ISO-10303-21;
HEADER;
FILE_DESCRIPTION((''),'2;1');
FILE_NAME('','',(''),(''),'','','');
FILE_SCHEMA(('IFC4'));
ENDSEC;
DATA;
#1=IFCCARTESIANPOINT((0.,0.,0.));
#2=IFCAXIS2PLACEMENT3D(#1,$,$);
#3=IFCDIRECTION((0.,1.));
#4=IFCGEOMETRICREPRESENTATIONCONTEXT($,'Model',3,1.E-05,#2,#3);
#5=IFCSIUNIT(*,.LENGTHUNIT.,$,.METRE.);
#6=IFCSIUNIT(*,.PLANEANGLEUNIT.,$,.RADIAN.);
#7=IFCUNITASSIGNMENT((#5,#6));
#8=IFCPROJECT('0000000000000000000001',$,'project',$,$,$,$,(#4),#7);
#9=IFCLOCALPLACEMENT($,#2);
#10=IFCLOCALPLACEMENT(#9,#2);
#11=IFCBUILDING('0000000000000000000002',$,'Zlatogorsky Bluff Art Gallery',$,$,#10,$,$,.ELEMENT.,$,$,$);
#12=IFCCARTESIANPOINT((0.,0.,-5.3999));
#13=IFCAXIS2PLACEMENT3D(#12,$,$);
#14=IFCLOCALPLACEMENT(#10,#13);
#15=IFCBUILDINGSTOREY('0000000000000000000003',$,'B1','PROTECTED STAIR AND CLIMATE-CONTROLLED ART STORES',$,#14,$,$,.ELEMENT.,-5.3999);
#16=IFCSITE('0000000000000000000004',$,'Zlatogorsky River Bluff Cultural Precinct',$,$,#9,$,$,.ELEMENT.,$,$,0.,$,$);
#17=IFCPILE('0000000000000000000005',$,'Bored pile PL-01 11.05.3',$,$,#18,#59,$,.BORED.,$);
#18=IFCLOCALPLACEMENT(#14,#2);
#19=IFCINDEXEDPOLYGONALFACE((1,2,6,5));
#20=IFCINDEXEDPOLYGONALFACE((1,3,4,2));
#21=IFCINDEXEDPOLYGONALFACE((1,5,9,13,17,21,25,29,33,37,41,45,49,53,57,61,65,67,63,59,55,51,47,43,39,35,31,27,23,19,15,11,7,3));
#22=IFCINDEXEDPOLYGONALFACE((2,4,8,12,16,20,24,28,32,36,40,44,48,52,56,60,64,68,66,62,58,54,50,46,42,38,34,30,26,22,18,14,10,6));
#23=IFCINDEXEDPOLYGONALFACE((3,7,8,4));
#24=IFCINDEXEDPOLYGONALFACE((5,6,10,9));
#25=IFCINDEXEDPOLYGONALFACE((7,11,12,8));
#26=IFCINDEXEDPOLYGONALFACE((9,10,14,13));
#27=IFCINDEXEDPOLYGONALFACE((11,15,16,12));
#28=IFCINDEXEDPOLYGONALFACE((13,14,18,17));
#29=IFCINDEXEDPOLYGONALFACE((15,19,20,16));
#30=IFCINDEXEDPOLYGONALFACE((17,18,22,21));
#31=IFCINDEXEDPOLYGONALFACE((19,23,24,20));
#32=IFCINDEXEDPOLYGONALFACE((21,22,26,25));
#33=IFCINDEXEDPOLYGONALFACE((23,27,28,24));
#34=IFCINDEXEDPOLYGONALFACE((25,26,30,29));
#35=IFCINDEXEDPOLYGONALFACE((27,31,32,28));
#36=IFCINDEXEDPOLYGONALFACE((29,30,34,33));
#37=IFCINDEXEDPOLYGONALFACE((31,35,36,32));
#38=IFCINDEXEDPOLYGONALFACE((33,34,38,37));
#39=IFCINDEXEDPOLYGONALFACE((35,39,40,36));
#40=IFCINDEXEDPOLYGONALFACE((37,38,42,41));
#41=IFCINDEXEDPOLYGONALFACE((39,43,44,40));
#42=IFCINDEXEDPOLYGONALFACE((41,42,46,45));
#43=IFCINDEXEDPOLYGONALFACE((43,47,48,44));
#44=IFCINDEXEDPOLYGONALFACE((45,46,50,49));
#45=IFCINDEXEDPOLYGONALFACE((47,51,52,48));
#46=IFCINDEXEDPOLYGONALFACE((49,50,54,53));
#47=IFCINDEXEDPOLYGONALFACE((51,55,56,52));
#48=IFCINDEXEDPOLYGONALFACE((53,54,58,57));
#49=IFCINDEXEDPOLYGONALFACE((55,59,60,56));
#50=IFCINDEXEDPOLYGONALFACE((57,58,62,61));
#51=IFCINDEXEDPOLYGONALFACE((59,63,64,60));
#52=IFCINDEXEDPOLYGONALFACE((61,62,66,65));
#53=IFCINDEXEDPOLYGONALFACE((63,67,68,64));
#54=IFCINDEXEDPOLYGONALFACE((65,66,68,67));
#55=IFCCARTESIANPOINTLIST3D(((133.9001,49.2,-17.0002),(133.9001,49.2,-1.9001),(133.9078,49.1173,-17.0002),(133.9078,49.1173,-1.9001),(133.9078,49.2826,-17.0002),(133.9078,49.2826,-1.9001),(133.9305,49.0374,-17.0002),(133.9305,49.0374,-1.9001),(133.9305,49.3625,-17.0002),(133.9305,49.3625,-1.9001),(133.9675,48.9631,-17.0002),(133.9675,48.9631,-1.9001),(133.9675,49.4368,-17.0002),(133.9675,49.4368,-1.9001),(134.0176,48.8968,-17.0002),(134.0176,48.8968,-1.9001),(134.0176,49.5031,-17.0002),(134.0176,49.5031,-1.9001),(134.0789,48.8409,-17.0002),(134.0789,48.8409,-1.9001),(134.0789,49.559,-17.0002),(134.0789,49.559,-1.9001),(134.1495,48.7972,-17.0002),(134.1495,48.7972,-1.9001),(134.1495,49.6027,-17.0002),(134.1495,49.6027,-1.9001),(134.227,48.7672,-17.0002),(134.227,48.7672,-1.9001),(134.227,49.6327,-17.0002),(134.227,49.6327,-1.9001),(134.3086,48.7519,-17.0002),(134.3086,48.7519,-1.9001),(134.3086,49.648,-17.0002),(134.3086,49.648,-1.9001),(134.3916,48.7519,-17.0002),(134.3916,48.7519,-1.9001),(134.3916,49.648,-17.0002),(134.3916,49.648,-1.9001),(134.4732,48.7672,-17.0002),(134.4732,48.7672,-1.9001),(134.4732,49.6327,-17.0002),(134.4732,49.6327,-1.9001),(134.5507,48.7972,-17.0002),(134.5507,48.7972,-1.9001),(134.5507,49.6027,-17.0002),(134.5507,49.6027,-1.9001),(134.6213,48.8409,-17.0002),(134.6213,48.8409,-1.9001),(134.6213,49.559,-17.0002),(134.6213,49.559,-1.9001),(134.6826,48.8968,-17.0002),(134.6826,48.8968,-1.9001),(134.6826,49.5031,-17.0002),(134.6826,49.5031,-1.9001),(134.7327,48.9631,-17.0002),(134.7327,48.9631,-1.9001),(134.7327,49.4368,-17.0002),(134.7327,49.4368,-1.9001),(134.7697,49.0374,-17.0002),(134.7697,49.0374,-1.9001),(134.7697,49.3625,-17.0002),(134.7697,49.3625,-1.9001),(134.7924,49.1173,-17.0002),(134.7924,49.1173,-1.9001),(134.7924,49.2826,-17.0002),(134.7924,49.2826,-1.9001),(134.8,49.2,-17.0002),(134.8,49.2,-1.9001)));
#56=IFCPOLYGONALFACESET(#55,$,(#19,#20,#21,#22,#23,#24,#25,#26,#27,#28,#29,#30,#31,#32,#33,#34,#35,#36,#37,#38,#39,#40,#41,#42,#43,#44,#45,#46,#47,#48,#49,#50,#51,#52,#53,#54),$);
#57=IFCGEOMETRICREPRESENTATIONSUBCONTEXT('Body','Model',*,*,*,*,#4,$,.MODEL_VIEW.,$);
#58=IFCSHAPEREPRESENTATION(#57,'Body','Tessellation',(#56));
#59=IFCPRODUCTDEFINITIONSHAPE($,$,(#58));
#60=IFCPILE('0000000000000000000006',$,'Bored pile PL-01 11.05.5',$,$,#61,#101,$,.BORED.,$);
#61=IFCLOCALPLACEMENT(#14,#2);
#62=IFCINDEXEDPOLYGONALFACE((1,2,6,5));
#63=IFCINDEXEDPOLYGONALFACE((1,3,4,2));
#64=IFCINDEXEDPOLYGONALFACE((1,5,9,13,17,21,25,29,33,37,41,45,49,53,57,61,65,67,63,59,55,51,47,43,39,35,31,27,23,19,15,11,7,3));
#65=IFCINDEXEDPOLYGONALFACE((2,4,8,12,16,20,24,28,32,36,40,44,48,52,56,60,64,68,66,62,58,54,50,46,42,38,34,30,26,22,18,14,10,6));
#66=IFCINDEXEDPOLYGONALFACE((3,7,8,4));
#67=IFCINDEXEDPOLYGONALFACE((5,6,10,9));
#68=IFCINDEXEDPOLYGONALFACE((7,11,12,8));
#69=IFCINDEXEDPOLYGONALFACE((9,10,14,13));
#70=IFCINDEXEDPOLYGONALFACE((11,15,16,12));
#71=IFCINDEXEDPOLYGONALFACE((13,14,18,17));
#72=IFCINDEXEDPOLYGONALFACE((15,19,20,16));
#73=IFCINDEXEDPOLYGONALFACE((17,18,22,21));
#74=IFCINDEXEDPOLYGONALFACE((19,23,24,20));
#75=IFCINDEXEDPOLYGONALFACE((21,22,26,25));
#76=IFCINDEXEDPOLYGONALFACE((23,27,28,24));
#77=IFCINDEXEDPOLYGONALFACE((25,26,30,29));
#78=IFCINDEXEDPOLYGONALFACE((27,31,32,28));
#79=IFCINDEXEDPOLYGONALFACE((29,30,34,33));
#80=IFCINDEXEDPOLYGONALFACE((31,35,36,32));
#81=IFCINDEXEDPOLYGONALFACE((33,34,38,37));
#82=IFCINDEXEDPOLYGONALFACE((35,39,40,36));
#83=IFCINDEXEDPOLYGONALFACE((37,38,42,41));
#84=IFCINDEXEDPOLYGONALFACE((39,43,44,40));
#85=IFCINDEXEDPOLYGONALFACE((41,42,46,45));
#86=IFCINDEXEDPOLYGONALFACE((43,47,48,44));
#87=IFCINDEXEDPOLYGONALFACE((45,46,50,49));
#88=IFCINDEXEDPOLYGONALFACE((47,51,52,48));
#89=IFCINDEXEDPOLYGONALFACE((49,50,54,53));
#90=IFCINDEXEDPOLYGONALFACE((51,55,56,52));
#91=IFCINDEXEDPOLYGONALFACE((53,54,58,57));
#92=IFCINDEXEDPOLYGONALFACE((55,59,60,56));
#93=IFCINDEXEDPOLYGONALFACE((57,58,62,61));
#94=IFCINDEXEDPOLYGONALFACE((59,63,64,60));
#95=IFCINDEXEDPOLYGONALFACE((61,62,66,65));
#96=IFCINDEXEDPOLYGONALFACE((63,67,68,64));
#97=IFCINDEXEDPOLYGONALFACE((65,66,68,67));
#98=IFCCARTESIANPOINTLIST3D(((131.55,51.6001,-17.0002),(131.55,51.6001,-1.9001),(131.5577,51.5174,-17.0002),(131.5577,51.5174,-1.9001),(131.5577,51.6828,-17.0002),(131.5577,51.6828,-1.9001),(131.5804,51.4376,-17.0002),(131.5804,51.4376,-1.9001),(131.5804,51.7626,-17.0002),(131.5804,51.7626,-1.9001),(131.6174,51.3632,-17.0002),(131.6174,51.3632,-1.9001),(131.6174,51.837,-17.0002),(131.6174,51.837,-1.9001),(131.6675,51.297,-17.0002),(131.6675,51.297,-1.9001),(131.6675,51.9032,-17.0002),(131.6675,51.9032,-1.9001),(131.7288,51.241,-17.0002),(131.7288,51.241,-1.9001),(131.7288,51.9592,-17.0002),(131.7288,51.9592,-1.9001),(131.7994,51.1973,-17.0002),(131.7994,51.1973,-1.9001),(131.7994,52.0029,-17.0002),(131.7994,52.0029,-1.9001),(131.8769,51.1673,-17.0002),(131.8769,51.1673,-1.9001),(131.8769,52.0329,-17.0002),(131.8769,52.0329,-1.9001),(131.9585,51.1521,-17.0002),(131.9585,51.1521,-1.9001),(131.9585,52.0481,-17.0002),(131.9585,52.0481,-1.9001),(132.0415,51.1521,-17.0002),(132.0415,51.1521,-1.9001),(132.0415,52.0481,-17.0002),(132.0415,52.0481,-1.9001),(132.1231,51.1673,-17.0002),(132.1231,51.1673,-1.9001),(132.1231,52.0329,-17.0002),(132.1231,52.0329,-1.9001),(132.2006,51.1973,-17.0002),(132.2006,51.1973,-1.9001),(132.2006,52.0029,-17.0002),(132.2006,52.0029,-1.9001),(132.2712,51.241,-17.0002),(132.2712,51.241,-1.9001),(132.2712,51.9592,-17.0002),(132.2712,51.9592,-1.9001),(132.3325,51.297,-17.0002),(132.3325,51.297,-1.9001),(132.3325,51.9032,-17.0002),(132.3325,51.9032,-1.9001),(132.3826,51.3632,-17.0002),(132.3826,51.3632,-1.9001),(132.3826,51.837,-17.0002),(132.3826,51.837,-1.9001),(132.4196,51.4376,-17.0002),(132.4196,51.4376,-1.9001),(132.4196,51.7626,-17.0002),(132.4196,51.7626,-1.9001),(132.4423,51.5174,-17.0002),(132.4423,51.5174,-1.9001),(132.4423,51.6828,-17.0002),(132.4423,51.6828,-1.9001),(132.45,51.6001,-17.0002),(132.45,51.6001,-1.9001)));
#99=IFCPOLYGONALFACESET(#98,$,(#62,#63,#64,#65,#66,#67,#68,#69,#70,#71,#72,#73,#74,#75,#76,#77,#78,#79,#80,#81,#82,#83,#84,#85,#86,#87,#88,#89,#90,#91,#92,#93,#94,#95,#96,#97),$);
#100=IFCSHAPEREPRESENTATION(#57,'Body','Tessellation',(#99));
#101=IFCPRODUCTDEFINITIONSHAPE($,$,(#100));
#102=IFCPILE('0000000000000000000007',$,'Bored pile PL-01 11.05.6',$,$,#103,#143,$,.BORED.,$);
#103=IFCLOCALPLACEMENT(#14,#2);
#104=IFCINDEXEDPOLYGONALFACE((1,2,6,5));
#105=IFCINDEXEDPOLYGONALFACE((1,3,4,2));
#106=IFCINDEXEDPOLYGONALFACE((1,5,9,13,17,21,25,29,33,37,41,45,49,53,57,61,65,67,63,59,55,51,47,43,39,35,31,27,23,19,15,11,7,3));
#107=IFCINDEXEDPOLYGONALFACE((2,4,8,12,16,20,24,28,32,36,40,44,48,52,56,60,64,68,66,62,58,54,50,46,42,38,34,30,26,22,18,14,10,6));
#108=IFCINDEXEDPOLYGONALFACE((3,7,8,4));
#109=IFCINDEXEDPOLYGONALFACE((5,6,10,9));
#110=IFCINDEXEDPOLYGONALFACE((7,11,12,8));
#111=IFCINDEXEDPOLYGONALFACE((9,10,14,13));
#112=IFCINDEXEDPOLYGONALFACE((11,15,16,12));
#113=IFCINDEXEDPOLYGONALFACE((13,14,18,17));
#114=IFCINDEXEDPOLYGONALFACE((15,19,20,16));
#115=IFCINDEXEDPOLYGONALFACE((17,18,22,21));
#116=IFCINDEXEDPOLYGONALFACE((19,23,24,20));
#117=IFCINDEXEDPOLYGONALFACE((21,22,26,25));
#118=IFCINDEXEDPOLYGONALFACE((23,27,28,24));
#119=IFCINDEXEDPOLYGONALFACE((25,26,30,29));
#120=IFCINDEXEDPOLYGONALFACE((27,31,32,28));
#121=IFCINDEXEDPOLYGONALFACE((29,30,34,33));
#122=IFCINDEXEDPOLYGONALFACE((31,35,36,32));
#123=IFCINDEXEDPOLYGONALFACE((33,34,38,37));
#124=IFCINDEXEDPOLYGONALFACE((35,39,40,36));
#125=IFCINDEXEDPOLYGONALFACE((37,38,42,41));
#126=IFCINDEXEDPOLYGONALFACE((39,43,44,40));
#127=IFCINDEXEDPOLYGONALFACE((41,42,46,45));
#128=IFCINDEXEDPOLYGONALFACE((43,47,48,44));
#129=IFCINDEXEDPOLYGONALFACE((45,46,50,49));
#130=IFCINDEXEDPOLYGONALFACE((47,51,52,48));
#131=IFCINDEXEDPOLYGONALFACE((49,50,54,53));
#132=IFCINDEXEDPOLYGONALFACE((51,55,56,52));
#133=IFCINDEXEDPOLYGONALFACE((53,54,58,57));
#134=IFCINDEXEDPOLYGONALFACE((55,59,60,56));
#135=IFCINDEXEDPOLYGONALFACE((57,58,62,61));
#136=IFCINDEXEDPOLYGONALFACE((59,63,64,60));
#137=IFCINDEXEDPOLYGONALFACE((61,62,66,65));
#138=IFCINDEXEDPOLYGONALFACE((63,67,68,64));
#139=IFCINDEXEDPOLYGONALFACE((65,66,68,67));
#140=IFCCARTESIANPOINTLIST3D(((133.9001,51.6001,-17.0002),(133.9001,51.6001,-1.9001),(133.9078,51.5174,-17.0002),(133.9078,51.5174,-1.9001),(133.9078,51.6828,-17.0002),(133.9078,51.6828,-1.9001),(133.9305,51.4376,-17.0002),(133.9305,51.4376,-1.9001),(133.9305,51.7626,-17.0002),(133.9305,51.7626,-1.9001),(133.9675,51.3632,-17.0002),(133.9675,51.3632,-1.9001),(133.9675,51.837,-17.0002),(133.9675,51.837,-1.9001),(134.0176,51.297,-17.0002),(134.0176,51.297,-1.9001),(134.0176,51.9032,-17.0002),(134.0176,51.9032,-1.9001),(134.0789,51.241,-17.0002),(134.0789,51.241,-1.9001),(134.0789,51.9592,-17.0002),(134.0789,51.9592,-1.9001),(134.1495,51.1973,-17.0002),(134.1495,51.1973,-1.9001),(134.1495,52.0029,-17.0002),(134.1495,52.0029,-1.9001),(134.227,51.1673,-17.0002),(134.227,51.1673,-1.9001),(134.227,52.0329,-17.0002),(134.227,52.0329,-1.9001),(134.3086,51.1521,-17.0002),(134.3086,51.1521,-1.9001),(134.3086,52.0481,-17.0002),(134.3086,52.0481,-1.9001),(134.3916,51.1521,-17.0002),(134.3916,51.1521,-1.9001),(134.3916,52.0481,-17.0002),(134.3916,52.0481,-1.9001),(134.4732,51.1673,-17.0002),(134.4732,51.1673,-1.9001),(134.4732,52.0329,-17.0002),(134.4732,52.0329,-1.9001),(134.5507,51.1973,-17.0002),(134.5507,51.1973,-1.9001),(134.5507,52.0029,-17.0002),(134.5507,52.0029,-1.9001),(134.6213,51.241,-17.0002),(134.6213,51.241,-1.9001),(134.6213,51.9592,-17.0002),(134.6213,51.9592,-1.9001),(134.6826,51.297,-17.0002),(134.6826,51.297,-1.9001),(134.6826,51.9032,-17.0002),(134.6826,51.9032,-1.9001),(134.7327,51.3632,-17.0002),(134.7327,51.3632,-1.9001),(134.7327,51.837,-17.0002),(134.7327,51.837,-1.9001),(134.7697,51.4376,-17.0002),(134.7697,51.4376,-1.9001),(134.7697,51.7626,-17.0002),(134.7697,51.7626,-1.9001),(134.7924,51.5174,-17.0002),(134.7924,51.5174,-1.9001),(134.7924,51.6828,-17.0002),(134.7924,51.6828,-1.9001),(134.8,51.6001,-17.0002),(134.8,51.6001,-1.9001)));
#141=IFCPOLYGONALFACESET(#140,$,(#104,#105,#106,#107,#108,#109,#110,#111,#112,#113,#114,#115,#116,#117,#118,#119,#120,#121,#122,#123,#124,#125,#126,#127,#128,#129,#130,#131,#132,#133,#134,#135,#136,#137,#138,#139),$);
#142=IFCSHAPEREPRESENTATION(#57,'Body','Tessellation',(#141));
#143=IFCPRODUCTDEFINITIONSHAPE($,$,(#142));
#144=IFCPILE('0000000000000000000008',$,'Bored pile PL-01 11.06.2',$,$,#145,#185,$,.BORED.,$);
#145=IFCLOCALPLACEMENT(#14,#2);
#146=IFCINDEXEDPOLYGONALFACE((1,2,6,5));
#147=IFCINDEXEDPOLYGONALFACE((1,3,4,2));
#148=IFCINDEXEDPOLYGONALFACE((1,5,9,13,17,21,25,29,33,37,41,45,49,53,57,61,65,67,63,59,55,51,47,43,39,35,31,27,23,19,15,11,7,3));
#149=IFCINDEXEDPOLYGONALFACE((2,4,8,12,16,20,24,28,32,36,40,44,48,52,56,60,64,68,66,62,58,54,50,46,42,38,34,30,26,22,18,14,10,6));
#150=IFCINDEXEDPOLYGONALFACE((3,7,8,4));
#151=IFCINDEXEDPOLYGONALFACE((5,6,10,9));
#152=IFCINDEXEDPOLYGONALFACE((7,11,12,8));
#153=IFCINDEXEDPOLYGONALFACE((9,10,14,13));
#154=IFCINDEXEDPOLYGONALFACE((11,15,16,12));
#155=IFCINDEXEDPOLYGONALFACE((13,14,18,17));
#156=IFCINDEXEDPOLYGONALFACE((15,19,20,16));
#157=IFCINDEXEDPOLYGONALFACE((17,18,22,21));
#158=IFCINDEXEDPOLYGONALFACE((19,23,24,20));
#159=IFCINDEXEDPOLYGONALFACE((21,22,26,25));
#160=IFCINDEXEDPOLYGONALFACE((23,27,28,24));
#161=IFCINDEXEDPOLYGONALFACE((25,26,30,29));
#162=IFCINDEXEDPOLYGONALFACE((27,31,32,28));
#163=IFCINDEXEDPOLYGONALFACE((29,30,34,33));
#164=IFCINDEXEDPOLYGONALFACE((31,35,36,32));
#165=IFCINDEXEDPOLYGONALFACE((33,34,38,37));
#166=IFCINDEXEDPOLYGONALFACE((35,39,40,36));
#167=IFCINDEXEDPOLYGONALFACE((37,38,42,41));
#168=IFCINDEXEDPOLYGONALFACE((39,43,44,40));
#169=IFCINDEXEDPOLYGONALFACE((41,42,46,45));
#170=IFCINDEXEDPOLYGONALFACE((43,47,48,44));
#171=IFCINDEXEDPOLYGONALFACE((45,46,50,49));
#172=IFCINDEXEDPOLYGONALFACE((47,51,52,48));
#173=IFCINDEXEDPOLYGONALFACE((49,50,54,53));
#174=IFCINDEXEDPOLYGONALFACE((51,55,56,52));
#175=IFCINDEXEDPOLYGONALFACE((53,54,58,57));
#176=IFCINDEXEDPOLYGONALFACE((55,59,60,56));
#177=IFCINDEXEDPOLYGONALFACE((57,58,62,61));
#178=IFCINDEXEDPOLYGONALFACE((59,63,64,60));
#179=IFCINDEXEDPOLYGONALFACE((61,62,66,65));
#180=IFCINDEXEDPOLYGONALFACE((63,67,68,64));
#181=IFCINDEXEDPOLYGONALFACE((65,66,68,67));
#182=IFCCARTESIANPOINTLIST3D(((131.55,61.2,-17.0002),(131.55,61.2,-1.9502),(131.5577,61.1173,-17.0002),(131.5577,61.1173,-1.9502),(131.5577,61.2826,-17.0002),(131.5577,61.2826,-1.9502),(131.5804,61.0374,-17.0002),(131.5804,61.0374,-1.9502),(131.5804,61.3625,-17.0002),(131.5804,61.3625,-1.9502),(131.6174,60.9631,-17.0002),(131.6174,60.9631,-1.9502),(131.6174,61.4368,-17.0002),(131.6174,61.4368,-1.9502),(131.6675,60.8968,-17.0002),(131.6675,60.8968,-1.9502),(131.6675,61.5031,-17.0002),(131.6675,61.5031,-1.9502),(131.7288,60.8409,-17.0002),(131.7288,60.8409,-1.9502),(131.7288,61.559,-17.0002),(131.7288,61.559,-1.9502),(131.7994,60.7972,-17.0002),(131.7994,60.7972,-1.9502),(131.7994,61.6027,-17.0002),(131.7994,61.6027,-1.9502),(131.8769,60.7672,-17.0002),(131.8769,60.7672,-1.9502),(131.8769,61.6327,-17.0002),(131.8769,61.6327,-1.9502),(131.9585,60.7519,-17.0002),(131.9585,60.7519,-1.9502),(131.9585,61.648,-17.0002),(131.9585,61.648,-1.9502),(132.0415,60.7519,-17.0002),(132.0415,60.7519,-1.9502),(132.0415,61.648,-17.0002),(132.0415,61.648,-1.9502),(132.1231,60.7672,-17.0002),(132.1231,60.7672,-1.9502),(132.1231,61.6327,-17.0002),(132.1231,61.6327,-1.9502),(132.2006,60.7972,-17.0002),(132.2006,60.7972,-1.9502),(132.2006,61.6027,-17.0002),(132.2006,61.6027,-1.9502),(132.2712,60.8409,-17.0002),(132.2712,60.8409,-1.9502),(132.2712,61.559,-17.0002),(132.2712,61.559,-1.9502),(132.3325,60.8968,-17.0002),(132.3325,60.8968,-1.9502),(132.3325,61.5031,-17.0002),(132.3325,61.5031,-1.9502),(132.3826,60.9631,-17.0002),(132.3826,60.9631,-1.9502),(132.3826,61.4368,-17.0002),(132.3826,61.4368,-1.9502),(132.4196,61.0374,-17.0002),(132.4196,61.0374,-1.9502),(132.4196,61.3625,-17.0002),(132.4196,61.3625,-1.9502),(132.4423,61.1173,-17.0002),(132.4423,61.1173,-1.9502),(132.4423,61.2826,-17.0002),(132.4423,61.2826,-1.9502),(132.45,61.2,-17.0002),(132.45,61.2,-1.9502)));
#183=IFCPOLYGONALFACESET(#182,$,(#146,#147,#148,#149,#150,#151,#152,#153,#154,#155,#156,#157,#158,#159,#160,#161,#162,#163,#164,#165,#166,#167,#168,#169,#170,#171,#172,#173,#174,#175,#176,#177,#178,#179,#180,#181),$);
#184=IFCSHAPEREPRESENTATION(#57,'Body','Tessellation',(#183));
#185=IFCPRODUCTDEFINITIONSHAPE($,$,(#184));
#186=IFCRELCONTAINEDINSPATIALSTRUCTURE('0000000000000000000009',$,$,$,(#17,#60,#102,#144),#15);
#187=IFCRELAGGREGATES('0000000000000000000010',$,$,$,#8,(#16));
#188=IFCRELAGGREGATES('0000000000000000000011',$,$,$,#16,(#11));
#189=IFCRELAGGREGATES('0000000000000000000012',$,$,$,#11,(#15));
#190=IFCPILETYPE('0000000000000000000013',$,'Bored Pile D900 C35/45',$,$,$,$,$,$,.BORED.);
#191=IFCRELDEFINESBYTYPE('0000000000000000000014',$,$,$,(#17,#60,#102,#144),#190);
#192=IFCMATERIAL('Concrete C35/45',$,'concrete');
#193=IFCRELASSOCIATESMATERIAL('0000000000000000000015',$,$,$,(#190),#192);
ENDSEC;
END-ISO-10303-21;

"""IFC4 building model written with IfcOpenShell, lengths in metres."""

from ifc_helpers import new_model, si_unit, direction, frame, origin, origin_2d, place, context, subcontext, project, spatial, circle, extrude, material, material_profile, profile_set, type_object, element, save


model = new_model("IFC4")

# Units and contexts
model_context = context("Model", 3, precision=1e-05, world=origin(), true_north=direction((0.0, 1.0)))
body_context = subcontext(model_context, "Body", "Model", "MODEL_VIEW")
ifc_project = project(units=[si_unit("LENGTHUNIT", "METRE"), si_unit("PLANEANGLEUNIT", "RADIAN")], contexts=[model_context])

# Site, building, storey
site_placement = place(None, origin())
site = spatial("IfcSite", under=ifc_project, at=site_placement, Name="Zlatogorsky River Bluff Cultural Precinct", CompositionType="ELEMENT", RefElevation=0.0)
building_placement = place(site_placement, origin())
building = spatial("IfcBuilding", under=site, at=building_placement, Name="Zlatogorsky Bluff Art Gallery", CompositionType="ELEMENT")
storey_placement = place(building_placement, frame((0.0, 0.0, -5.3999)))
storey = spatial("IfcBuildingStorey", under=building, at=storey_placement, Name="B1", Description="PROTECTED STAIR AND CLIMATE-CONTROLLED ART STORES", CompositionType="ELEMENT", Elevation=-5.3999)

# Piles
ifc_material_1 = material(Name="Concrete C35/45", Category="concrete")
ifc_material_profile_1 = material_profile(ifc_material_1, circle(Radius=0.45, at=origin_2d()), Name="BORED PILE D900")
ifc_profile_set_1 = profile_set([ifc_material_profile_1], Name="Concrete C35/45")
pile_type = type_object("IfcPileType", Name="Bored Pile D900 C35/45", PredefinedType="BORED", material=ifc_profile_set_1)
for number, where, z_axis, x_axis, name in (
    (1, (134.3501, 49.2, -1.9001), (0.0, 0.0, -1.0), (1.0, 0.0, 0.0), "Bored pile PL-01 11.05.3"),
    (2, (132.0, 51.6001, -1.9001), (0.0, 0.0, -1.0), (1.0, 0.0, 0.0), "Bored pile PL-01 11.05.5"),
    (3, (134.3501, 51.6001, -1.9001), (0.0, 0.0, -1.0), (1.0, 0.0, 0.0), "Bored pile PL-01 11.05.6"),
):
    element("IfcPile", number, at=place(storey_placement, frame(where, z_axis=z_axis, x_axis=x_axis)), inside=storey, type_object=pile_type, Name=name, PredefinedType="BORED", context=body_context, shape_type="SweptSolid", body=[
        extrude(circle(Radius=0.45, at=origin_2d()), origin(), (0.0, 0.0, 1.0), 15.1001),
    ])
for number, where, z_axis, x_axis, name in (
    (4, (132.0, 61.2, -1.9502), (0.0, 0.0, -1.0), (1.0, 0.0, 0.0), "Bored pile PL-01 11.06.2"),
):
    element("IfcPile", number, at=place(storey_placement, frame(where, z_axis=z_axis, x_axis=x_axis)), inside=storey, type_object=pile_type, Name=name, PredefinedType="BORED", context=body_context, shape_type="SweptSolid", body=[
        extrude(circle(Radius=0.45, at=origin_2d()), origin(), (0.0, 0.0, 1.0), 15.05),
    ])

save(model, "model.ifc")
